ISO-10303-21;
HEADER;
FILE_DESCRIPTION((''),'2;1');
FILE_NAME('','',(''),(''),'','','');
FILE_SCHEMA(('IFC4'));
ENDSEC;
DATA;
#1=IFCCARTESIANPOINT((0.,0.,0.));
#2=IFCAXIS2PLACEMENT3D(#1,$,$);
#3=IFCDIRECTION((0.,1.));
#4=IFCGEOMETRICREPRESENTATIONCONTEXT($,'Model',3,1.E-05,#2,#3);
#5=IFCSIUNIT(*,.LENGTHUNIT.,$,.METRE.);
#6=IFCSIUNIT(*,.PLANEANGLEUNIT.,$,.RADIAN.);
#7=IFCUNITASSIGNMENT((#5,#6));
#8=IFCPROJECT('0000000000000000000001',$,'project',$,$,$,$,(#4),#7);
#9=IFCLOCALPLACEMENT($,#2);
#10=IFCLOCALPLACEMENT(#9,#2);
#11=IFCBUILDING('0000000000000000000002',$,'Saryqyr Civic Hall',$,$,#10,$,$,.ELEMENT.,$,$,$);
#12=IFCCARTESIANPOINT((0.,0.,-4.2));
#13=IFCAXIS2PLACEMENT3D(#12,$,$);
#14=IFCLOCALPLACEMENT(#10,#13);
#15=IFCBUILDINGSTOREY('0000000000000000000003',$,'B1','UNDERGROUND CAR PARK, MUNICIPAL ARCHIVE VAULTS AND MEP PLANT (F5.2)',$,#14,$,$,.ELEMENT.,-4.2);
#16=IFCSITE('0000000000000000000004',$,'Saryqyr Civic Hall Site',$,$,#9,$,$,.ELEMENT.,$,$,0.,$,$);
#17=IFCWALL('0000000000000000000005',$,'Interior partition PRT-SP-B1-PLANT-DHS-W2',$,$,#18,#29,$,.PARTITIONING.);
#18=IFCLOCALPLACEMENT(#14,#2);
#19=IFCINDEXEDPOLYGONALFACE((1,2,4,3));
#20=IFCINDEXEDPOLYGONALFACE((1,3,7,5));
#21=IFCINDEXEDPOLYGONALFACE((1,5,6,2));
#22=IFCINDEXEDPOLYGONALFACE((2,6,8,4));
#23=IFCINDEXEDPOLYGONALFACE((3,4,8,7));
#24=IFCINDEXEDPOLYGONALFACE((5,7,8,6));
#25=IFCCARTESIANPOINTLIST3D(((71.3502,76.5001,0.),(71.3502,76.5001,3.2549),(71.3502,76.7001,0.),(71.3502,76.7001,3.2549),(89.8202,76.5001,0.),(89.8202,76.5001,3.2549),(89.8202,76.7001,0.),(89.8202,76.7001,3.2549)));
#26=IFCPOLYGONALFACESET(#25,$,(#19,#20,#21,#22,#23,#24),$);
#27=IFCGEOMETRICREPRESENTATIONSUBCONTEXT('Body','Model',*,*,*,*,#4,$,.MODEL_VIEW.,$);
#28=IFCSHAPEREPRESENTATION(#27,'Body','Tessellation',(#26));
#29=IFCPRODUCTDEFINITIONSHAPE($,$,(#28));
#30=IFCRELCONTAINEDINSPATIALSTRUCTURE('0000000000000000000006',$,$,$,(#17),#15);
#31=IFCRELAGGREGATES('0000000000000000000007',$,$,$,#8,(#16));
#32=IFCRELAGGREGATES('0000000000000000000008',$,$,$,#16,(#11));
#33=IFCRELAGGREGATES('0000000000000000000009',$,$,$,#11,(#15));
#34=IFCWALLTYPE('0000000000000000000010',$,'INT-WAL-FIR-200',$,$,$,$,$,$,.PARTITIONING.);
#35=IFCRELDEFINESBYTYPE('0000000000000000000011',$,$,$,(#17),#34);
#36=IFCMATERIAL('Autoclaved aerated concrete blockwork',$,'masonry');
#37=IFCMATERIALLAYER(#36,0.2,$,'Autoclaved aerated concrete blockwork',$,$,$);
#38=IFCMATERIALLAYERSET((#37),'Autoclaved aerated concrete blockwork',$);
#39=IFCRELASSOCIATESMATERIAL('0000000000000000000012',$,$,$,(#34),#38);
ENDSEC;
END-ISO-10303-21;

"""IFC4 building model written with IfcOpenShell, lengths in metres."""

from ifc_helpers import new_model, si_unit, direction, frame, frame_2d, origin, place, context, subcontext, project, spatial, rectangle, extrude, material, layer, layer_set, type_object, element, save


model = new_model("IFC4")

# Units and contexts
model_context = context("Model", 3, precision=1e-05, world=origin(), true_north=direction((0.0, 1.0)))
body_context = subcontext(model_context, "Body", "Model", "MODEL_VIEW")
ifc_project = project(units=[si_unit("LENGTHUNIT", "METRE"), si_unit("PLANEANGLEUNIT", "RADIAN")], contexts=[model_context])

# Site, building, storey
site_placement = place(None, origin())
site = spatial("IfcSite", under=ifc_project, at=site_placement, Name="Saryqyr Civic Hall Site", CompositionType="ELEMENT", RefElevation=0.0)
building_placement = place(site_placement, origin())
building = spatial("IfcBuilding", under=site, at=building_placement, Name="Saryqyr Civic Hall", CompositionType="ELEMENT")
storey_placement = place(building_placement, frame((0.0, 0.0, -4.2)))
storey = spatial("IfcBuildingStorey", under=building, at=storey_placement, Name="B1", Description="UNDERGROUND CAR PARK, MUNICIPAL ARCHIVE VAULTS AND MEP PLANT (F5.2)", CompositionType="ELEMENT", Elevation=-4.2)

# Wall
ifc_material_1 = material(Name="Autoclaved aerated concrete blockwork", Category="masonry")
ifc_layer = layer(ifc_material_1, 0.2, Name="Autoclaved aerated concrete blockwork")
ifc_layer_set = layer_set([ifc_layer], Name="Autoclaved aerated concrete blockwork")
wall_type = type_object("IfcWallType", Name="INT-WAL-FIR-200", PredefinedType="PARTITIONING", material=ifc_layer_set)
wall_1_placement = place(storey_placement, frame((89.8201, 76.6001, 0.0), z_axis=(0.0, 0.0, 1.0), x_axis=(-1.0, 0.0, 0.0)))
element("IfcWall", 1, at=wall_1_placement, inside=storey, type_object=wall_type, Name="Interior partition PRT-SP-B1-PLANT-DHS-W2", PredefinedType="PARTITIONING", context=body_context, shape_type="SweptSolid", body=[
    extrude(rectangle(XDim=18.47, YDim=0.2, at=frame_2d((9.2349, 0.0))), origin(), (0.0, 0.0, 1.0), 3.2549),
])

save(model, "model.ifc")
